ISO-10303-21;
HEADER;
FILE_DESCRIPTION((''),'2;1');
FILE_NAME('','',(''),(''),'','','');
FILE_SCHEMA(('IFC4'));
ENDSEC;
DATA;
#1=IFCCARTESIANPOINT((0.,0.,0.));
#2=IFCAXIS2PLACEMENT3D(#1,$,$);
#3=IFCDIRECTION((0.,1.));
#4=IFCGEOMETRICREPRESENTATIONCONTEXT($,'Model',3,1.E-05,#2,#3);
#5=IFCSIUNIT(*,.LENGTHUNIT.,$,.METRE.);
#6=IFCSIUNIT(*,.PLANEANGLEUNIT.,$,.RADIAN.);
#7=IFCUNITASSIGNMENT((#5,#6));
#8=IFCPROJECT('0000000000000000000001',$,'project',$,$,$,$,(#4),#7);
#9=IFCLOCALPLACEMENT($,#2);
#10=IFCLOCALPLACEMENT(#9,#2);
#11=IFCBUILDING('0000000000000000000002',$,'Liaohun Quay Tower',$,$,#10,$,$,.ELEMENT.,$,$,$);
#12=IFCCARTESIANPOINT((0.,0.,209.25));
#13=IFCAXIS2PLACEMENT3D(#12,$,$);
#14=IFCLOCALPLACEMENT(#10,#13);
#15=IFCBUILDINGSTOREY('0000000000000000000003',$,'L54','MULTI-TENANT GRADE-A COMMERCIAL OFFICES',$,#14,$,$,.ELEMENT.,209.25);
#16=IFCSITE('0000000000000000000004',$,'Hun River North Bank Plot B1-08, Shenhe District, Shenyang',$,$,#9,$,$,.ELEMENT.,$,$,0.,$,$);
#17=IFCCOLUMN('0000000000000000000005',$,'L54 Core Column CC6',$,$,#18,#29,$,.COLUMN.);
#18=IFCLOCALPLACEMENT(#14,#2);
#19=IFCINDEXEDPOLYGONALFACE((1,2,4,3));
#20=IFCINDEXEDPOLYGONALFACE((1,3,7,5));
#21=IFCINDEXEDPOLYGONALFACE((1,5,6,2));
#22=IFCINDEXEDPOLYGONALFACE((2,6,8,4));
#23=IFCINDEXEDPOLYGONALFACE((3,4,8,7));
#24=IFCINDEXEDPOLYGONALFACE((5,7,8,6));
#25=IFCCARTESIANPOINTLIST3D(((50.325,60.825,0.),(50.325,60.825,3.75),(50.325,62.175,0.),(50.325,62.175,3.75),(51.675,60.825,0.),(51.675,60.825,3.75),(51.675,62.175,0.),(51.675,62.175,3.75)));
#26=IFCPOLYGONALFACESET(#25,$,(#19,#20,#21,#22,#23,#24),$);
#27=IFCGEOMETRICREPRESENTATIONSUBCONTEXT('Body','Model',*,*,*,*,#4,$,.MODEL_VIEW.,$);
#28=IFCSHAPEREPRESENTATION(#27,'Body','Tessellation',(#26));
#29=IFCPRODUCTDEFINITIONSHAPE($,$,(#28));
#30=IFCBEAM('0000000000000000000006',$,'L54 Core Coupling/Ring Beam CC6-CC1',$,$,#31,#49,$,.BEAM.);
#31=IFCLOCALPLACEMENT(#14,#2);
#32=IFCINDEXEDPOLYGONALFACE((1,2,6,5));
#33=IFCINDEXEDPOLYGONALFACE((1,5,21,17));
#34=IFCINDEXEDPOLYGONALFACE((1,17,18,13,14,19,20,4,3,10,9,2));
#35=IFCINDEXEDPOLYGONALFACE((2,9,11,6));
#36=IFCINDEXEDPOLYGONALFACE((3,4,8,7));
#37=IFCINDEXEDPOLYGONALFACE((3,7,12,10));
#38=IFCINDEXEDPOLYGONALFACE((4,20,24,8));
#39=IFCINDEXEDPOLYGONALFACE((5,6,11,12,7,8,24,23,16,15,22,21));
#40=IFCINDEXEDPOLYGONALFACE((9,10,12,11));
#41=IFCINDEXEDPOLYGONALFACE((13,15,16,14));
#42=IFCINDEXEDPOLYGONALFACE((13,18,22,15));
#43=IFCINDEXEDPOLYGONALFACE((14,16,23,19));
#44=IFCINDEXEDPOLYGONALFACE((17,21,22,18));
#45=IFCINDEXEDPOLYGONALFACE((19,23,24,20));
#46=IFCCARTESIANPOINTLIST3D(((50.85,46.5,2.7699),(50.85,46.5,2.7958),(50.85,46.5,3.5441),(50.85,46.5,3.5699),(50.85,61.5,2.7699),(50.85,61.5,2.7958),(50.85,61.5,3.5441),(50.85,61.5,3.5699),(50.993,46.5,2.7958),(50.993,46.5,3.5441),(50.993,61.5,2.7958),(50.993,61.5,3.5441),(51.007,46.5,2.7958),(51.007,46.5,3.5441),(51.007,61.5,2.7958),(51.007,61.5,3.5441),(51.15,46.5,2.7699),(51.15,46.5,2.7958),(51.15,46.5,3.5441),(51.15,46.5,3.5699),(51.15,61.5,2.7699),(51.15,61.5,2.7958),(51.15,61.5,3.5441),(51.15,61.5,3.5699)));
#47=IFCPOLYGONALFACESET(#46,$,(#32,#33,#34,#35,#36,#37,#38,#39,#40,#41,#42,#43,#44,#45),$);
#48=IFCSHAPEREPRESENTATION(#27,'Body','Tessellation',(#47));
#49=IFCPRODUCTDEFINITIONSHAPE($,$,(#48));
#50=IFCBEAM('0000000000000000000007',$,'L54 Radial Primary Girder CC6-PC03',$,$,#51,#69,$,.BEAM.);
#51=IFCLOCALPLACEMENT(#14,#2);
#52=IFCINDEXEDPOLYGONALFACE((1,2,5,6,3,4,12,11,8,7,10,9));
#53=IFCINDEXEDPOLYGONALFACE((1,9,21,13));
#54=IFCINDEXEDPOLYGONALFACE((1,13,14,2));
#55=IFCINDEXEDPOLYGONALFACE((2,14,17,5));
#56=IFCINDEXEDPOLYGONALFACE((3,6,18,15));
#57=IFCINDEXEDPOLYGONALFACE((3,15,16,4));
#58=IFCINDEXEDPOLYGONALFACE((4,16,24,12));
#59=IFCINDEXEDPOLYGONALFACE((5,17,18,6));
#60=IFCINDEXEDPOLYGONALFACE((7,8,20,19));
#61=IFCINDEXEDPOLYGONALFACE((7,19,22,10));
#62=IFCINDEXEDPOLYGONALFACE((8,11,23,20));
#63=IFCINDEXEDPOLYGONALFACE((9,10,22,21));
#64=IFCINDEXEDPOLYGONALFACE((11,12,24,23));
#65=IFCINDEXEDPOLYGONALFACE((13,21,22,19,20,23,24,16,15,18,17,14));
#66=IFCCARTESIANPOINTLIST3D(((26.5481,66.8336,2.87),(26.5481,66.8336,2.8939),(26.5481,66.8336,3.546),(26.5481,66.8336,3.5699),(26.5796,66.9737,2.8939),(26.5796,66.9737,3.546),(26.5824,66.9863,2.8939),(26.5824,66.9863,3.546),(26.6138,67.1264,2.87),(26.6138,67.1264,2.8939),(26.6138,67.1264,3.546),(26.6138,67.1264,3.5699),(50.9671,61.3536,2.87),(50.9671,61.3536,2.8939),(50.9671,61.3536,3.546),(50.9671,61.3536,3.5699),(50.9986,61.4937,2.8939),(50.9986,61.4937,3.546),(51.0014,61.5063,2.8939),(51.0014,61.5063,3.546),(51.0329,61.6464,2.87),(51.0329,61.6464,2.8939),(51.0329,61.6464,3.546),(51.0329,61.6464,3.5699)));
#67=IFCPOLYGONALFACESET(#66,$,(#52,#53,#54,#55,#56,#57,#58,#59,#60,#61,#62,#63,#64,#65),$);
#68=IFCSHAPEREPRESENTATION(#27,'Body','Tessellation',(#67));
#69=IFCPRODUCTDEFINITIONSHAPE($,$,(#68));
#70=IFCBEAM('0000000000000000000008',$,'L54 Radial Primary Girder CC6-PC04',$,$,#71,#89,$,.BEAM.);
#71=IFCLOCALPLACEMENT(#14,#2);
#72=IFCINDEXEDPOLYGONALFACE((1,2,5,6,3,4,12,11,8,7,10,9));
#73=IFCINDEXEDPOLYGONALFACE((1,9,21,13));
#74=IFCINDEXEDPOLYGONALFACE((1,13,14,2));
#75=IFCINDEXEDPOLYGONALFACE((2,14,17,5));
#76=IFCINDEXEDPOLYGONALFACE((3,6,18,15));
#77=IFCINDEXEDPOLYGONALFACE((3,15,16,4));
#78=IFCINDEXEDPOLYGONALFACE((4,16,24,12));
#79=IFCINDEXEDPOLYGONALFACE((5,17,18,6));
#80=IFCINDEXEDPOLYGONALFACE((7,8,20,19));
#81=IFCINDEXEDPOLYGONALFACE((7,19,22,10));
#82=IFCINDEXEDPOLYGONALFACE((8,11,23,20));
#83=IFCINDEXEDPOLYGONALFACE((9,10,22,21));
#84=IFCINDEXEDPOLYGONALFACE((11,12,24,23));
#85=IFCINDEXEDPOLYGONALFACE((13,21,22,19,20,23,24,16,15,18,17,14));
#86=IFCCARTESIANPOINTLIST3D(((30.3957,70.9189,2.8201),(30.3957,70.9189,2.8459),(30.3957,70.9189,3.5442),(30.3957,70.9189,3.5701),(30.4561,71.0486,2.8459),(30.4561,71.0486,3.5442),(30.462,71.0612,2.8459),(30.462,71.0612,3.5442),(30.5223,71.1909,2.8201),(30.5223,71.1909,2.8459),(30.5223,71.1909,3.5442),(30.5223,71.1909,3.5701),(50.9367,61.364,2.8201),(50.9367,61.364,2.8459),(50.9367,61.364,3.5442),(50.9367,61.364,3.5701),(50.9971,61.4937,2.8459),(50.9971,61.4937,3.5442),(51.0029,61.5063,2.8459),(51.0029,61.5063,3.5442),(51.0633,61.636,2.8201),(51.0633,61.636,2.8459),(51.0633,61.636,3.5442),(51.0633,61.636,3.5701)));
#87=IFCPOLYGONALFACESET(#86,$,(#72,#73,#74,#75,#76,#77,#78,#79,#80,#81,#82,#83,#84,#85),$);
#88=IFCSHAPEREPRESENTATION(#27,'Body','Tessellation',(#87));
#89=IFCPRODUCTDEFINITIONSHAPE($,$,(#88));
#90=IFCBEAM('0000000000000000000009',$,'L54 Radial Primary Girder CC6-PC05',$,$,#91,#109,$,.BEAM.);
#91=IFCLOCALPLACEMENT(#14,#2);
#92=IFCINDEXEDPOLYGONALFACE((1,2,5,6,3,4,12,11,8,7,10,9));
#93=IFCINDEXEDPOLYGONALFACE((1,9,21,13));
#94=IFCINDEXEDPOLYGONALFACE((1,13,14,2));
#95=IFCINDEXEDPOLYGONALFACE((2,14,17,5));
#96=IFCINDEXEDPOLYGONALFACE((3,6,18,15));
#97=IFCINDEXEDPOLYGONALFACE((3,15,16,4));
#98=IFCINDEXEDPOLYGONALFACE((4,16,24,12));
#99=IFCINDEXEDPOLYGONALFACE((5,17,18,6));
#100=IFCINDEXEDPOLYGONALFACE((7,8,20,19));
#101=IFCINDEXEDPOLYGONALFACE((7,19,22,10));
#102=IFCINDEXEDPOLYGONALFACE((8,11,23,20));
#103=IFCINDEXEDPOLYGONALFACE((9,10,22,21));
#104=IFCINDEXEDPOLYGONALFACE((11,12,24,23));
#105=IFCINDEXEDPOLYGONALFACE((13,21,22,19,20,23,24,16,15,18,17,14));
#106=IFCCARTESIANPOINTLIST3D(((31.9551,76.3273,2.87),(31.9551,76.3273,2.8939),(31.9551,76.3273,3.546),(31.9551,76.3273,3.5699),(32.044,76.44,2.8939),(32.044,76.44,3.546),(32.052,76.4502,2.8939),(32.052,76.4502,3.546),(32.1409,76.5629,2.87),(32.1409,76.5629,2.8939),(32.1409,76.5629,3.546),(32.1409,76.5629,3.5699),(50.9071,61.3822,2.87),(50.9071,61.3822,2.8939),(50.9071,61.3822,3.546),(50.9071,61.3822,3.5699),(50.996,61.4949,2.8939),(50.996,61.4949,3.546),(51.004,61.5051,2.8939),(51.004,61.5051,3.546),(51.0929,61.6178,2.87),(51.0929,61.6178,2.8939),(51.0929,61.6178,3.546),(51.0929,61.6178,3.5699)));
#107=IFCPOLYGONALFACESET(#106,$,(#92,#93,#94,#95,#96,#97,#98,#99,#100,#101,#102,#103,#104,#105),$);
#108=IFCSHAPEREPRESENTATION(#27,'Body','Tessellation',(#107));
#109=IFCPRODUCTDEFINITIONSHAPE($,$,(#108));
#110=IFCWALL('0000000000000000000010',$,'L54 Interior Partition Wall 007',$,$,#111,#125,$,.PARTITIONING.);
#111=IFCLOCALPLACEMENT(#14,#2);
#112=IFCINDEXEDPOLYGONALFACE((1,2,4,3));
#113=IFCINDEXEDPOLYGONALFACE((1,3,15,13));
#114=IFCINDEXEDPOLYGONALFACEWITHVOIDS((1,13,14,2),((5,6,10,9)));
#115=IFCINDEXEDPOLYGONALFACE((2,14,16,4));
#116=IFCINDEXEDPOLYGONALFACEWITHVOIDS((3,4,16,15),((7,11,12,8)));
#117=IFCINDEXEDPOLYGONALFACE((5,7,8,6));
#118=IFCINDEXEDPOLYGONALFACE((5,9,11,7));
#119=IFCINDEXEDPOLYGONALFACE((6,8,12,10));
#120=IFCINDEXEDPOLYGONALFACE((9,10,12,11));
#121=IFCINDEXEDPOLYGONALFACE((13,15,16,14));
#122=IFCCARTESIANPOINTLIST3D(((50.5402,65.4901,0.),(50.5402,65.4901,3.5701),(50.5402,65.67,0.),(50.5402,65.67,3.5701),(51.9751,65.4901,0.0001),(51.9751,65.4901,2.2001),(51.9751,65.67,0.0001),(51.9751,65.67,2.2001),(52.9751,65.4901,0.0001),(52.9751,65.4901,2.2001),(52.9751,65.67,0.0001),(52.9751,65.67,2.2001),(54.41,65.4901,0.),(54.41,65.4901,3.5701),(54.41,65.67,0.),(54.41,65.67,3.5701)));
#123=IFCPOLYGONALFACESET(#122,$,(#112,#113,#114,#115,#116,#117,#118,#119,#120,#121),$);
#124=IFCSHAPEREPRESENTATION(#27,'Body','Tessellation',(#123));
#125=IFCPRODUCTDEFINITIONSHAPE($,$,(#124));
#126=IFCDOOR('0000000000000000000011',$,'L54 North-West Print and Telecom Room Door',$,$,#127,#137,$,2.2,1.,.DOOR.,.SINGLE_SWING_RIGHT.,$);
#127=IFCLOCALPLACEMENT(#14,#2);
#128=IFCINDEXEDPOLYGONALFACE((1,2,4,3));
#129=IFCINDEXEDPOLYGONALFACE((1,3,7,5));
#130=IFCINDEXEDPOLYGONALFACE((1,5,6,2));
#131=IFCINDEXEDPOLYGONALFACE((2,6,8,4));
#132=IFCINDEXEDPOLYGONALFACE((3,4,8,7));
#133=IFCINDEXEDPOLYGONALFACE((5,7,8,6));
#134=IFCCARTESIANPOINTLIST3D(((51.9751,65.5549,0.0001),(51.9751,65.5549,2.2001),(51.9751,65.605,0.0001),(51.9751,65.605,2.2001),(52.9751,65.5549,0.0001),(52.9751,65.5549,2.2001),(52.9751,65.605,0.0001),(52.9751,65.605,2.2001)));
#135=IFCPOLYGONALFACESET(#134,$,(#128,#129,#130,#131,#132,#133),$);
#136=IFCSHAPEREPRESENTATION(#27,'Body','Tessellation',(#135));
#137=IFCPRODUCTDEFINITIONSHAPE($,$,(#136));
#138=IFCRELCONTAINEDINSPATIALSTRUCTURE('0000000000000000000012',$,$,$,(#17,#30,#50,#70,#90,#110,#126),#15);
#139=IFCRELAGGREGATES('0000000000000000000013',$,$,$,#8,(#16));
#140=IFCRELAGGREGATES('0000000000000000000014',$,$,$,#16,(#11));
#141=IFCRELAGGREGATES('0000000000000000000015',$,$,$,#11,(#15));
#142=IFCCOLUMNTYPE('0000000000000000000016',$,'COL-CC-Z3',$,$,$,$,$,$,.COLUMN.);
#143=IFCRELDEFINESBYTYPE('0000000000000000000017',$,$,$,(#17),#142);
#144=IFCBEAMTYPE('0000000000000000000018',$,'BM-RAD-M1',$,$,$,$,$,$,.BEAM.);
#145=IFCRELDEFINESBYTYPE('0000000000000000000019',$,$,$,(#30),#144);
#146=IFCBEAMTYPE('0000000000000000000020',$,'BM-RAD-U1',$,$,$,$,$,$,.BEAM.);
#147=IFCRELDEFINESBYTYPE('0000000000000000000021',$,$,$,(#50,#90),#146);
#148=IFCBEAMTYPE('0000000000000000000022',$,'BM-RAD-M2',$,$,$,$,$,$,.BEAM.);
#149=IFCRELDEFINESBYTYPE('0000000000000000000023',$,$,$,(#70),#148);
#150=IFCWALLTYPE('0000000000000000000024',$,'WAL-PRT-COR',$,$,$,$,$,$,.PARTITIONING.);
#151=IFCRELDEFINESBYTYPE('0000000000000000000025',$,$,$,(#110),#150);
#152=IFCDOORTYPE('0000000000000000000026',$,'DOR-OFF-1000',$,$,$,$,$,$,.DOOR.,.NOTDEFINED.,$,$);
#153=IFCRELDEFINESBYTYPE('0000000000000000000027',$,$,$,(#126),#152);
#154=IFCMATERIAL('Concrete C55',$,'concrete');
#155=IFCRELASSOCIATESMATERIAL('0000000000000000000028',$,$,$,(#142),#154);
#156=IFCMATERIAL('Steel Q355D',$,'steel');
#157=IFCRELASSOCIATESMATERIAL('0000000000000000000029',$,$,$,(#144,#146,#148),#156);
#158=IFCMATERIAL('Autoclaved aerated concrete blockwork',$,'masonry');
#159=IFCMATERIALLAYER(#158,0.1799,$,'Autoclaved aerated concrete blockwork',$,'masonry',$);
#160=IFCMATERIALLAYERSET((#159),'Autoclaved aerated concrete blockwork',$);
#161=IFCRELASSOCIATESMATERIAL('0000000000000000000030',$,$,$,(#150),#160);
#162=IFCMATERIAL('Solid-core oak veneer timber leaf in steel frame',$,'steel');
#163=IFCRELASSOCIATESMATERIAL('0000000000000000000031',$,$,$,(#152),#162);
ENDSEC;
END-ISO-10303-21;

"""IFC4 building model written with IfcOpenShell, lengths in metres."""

from ifc_helpers import new_model, si_unit, direction, frame, frame_2d, origin, origin_2d, place, context, subcontext, project, spatial, rectangle, i_section, extrude, source, transform, mapped, material, layer, layer_set, material_profile, profile_set, type_object, element, fill, save


model = new_model("IFC4")

# Units and contexts
model_context = context("Model", 3, precision=1e-05, world=origin(), true_north=direction((0.0, 1.0)))
body_context = subcontext(model_context, "Body", "Model", "MODEL_VIEW")
ifc_project = project(units=[si_unit("LENGTHUNIT", "METRE"), si_unit("PLANEANGLEUNIT", "RADIAN")], contexts=[model_context])

# Site, building, storey
site_placement = place(None, origin())
site = spatial("IfcSite", under=ifc_project, at=site_placement, Name="Hun River North Bank Plot B1-08, Shenhe District, Shenyang", CompositionType="ELEMENT", RefElevation=0.0)
building_placement = place(site_placement, origin())
building = spatial("IfcBuilding", under=site, at=building_placement, Name="Liaohun Quay Tower", CompositionType="ELEMENT")
storey_placement = place(building_placement, frame((0.0, 0.0, 209.25)))
storey = spatial("IfcBuildingStorey", under=building, at=storey_placement, Name="L54", Description="MULTI-TENANT GRADE-A COMMERCIAL OFFICES", CompositionType="ELEMENT", Elevation=209.25)

# Column
ifc_material_1 = material(Name="Concrete C55", Category="concrete")
ifc_material_profile_1 = material_profile(ifc_material_1, rectangle(XDim=1.3501, YDim=1.3501, at=origin_2d()), Name="RC1350x1350")
ifc_profile_set_1 = profile_set([ifc_material_profile_1], Name="Concrete C55")
column_type = type_object("IfcColumnType", Name="COL-CC-Z3", PredefinedType="COLUMN", material=ifc_profile_set_1)
shared_shape_1 = source(origin(), body_context, "Body", "SweptSolid", [
    extrude(rectangle(XDim=1.3501, YDim=1.3501, at=origin_2d()), origin(), (0.0, 0.0, 1.0), 3.75),
])
column_placement = place(storey_placement, frame((51.0, 61.5, 0.0), z_axis=(0.0, 0.0, 1.0), x_axis=(1.0, 0.0, 0.0)))
element("IfcColumn", 1, at=column_placement, inside=storey, type_object=column_type, Name="L54 Core Column CC6", PredefinedType="COLUMN", context=body_context, shape_type="MappedRepresentation", body=[
    mapped(shared_shape_1, transform((0.0, 0.0, 0.0), x_axis=(1.0, 0.0, 0.0), y_axis=(0.0, 1.0, 0.0), z_axis=(0.0, 0.0, 1.0), scale=1.0)),
])

# Beams
ifc_material_2 = material(Name="Steel Q355D", Category="steel")
ifc_material_profile_2 = material_profile(ifc_material_2, i_section(OverallWidth=0.3, OverallDepth=0.8, WebThickness=0.0139, FlangeThickness=0.0259, at=origin_2d()), Name="HN800x300x14x26")
ifc_profile_set_2 = profile_set([ifc_material_profile_2], Name="Steel Q355D")
beam_type_1 = type_object("IfcBeamType", Name="BM-RAD-M1", PredefinedType="BEAM", material=ifc_profile_set_2)
shared_shape_2 = source(origin(), body_context, "Body", "SweptSolid", [
    extrude(i_section(OverallWidth=0.3, OverallDepth=0.8, WebThickness=0.0139, FlangeThickness=0.0259, at=origin_2d()), origin(), (0.0, 0.0, 1.0), 15.0),
])
beam_1_placement = place(storey_placement, frame((51.0, 61.5, 3.1699), z_axis=(0.0, -1.0, 0.0), x_axis=(1.0, 0.0, 0.0)))
element("IfcBeam", 2, at=beam_1_placement, inside=storey, type_object=beam_type_1, Name="L54 Core Coupling/Ring Beam CC6-CC1", PredefinedType="BEAM", context=body_context, shape_type="MappedRepresentation", body=[
    mapped(shared_shape_2, transform((0.0, 0.0, 0.0), x_axis=(1.0, 0.0, 0.0), y_axis=(0.0, 1.0, 0.0), z_axis=(0.0, 0.0, 1.0), scale=1.0)),
])
ifc_material_profile_3 = material_profile(ifc_material_2, i_section(OverallWidth=0.3, OverallDepth=0.7, WebThickness=0.0129, FlangeThickness=0.0239, at=origin_2d()), Name="HN700x300x13x24")
ifc_profile_set_3 = profile_set([ifc_material_profile_3], Name="Steel Q355D")
beam_type_2 = type_object("IfcBeamType", Name="BM-RAD-U1", PredefinedType="BEAM", material=ifc_profile_set_3)
shared_shape_3 = source(origin(), body_context, "Body", "SweptSolid", [
    extrude(i_section(OverallWidth=0.3, OverallDepth=0.7, WebThickness=0.0129, FlangeThickness=0.0239, at=origin_2d()), origin(), (0.0, 0.0, 1.0), 25.0264),
])
beam_2_placement = place(storey_placement, frame((51.0, 61.5, 3.22), z_axis=(-0.975732, 0.218969, 0.0), x_axis=(-0.218969, -0.975732, 0.0)))
element("IfcBeam", 3, at=beam_2_placement, inside=storey, type_object=beam_type_2, Name="L54 Radial Primary Girder CC6-PC03", PredefinedType="BEAM", context=body_context, shape_type="MappedRepresentation", body=[
    mapped(shared_shape_3, transform((0.0, 0.0, 0.0), x_axis=(1.0, 0.0, 0.0), y_axis=(0.0, 1.0, 0.0), z_axis=(0.0, 0.0, 1.0), scale=1.0)),
])
ifc_material_profile_4 = material_profile(ifc_material_2, i_section(OverallWidth=0.3, OverallDepth=0.75, WebThickness=0.0139, FlangeThickness=0.0259, at=origin_2d()), Name="HN750x300x14x26")
ifc_profile_set_4 = profile_set([ifc_material_profile_4], Name="Steel Q355D")
beam_type_3 = type_object("IfcBeamType", Name="BM-RAD-M2", PredefinedType="BEAM", material=ifc_profile_set_4)
shared_shape_4 = source(origin(), body_context, "Body", "SweptSolid", [
    extrude(i_section(OverallWidth=0.3, OverallDepth=0.75, WebThickness=0.0139, FlangeThickness=0.0259, at=origin_2d()), origin(), (0.0, 0.0, 1.0), 22.6545),
])
beam_3_placement = place(storey_placement, frame((51.0, 61.5, 3.1951), z_axis=(-0.906705, 0.421766, 0.0), x_axis=(-0.421766, -0.906705, 0.0)))
element("IfcBeam", 4, at=beam_3_placement, inside=storey, type_object=beam_type_3, Name="L54 Radial Primary Girder CC6-PC04", PredefinedType="BEAM", context=body_context, shape_type="MappedRepresentation", body=[
    mapped(shared_shape_4, transform((0.0, 0.0, 0.0), x_axis=(1.0, 0.0, 0.0), y_axis=(0.0, 1.0, 0.0), z_axis=(0.0, 0.0, 1.0), scale=1.0)),
])
shared_shape_5 = source(origin(), body_context, "Body", "SweptSolid", [
    extrude(i_section(OverallWidth=0.3, OverallDepth=0.7, WebThickness=0.0129, FlangeThickness=0.0239, at=origin_2d()), origin(), (0.0, 0.0, 1.0), 24.1357),
])
beam_4_placement = place(storey_placement, frame((51.0, 61.5, 3.22), z_axis=(-0.785224, 0.619211, 0.0), x_axis=(-0.619211, -0.785224, 0.0)))
element("IfcBeam", 5, at=beam_4_placement, inside=storey, type_object=beam_type_2, Name="L54 Radial Primary Girder CC6-PC05", PredefinedType="BEAM", context=body_context, shape_type="MappedRepresentation", body=[
    mapped(shared_shape_5, transform((0.0, 0.0, 0.0), x_axis=(1.0, 0.0, 0.0), y_axis=(0.0, 1.0, 0.0), z_axis=(0.0, 0.0, 1.0), scale=1.0)),
])

# Wall, opening, door
ifc_material_3 = material(Name="Autoclaved aerated concrete blockwork", Category="masonry")
ifc_layer_1 = layer(ifc_material_3, 0.1799, Name="Autoclaved aerated concrete blockwork", Category="masonry")
ifc_layer_set_1 = layer_set([ifc_layer_1], Name="Autoclaved aerated concrete blockwork")
wall_type_1 = type_object("IfcWallType", Name="WAL-PRT-COR", PredefinedType="PARTITIONING", material=ifc_layer_set_1)
wall_1_placement = place(storey_placement, frame((50.54, 65.5801, 0.0), z_axis=(0.0, 0.0, 1.0), x_axis=(1.0, 0.0, 0.0)))
wall_1 = element("IfcWall", 6, at=wall_1_placement, inside=storey, type_object=wall_type_1, Name="L54 Interior Partition Wall 007", PredefinedType="PARTITIONING", context=body_context, shape_type="SweptSolid", body=[
    extrude(rectangle(XDim=3.8699, YDim=0.1799, at=frame_2d((1.9351, 0.0))), origin(), (0.0, 0.0, 1.0), 3.5701),
])
shared_shape_6 = source(origin(), body_context, "Body", "SweptSolid", [
    extrude(rectangle(XDim=1.0, YDim=2.2, at=frame_2d((0.5, 1.1001))), frame((0.0, 0.0999, 0.0), z_axis=(0.0, -1.0, 0.0), x_axis=(1.0, 0.0, 0.0)), (0.0, 0.0, 1.0), 0.2),
])
opening_1_placement = place(wall_1_placement, frame((1.4351, 0.0, 0.0)))
opening_1 = element("IfcOpeningElement", 7, at=opening_1_placement, cuts=wall_1, PredefinedType="OPENING", context=body_context, shape_type="MappedRepresentation", body=[
    mapped(shared_shape_6, transform((0.0, 0.0, 0.0), x_axis=(1.0, 0.0, 0.0), y_axis=(0.0, 1.0, 0.0), z_axis=(0.0, 0.0, 1.0), scale=1.0)),
])
ifc_material_4 = material(Name="Solid-core oak veneer timber leaf in steel frame", Category="steel")
door_type_1 = type_object("IfcDoorType", Name="DOR-OFF-1000", OperationType="NOTDEFINED", PredefinedType="DOOR", material=ifc_material_4)
shared_shape_7 = source(origin(), body_context, "Body", "SweptSolid", [
    extrude(rectangle(XDim=1.0, YDim=2.2, at=frame_2d((0.5, 1.1001))), frame((0.0, 0.0249, 0.0), z_axis=(0.0, -1.0, 0.0), x_axis=(1.0, 0.0, 0.0)), (0.0, 0.0, 1.0), 0.05),
])
door_1_placement = place(opening_1_placement, origin())
door_1 = element("IfcDoor", 8, at=door_1_placement, inside=storey, type_object=door_type_1, Name="L54 North-West Print and Telecom Room Door", OperationType="SINGLE_SWING_RIGHT", OverallHeight=2.2, OverallWidth=1.0, PredefinedType="DOOR", context=body_context, shape_type="MappedRepresentation", body=[
    mapped(shared_shape_7, transform((0.0, 0.0, 0.0), x_axis=(1.0, 0.0, 0.0), y_axis=(0.0, 1.0, 0.0), z_axis=(0.0, 0.0, 1.0), scale=1.0)),
])
fill(opening_1, door_1)

save(model, "model.ifc")
